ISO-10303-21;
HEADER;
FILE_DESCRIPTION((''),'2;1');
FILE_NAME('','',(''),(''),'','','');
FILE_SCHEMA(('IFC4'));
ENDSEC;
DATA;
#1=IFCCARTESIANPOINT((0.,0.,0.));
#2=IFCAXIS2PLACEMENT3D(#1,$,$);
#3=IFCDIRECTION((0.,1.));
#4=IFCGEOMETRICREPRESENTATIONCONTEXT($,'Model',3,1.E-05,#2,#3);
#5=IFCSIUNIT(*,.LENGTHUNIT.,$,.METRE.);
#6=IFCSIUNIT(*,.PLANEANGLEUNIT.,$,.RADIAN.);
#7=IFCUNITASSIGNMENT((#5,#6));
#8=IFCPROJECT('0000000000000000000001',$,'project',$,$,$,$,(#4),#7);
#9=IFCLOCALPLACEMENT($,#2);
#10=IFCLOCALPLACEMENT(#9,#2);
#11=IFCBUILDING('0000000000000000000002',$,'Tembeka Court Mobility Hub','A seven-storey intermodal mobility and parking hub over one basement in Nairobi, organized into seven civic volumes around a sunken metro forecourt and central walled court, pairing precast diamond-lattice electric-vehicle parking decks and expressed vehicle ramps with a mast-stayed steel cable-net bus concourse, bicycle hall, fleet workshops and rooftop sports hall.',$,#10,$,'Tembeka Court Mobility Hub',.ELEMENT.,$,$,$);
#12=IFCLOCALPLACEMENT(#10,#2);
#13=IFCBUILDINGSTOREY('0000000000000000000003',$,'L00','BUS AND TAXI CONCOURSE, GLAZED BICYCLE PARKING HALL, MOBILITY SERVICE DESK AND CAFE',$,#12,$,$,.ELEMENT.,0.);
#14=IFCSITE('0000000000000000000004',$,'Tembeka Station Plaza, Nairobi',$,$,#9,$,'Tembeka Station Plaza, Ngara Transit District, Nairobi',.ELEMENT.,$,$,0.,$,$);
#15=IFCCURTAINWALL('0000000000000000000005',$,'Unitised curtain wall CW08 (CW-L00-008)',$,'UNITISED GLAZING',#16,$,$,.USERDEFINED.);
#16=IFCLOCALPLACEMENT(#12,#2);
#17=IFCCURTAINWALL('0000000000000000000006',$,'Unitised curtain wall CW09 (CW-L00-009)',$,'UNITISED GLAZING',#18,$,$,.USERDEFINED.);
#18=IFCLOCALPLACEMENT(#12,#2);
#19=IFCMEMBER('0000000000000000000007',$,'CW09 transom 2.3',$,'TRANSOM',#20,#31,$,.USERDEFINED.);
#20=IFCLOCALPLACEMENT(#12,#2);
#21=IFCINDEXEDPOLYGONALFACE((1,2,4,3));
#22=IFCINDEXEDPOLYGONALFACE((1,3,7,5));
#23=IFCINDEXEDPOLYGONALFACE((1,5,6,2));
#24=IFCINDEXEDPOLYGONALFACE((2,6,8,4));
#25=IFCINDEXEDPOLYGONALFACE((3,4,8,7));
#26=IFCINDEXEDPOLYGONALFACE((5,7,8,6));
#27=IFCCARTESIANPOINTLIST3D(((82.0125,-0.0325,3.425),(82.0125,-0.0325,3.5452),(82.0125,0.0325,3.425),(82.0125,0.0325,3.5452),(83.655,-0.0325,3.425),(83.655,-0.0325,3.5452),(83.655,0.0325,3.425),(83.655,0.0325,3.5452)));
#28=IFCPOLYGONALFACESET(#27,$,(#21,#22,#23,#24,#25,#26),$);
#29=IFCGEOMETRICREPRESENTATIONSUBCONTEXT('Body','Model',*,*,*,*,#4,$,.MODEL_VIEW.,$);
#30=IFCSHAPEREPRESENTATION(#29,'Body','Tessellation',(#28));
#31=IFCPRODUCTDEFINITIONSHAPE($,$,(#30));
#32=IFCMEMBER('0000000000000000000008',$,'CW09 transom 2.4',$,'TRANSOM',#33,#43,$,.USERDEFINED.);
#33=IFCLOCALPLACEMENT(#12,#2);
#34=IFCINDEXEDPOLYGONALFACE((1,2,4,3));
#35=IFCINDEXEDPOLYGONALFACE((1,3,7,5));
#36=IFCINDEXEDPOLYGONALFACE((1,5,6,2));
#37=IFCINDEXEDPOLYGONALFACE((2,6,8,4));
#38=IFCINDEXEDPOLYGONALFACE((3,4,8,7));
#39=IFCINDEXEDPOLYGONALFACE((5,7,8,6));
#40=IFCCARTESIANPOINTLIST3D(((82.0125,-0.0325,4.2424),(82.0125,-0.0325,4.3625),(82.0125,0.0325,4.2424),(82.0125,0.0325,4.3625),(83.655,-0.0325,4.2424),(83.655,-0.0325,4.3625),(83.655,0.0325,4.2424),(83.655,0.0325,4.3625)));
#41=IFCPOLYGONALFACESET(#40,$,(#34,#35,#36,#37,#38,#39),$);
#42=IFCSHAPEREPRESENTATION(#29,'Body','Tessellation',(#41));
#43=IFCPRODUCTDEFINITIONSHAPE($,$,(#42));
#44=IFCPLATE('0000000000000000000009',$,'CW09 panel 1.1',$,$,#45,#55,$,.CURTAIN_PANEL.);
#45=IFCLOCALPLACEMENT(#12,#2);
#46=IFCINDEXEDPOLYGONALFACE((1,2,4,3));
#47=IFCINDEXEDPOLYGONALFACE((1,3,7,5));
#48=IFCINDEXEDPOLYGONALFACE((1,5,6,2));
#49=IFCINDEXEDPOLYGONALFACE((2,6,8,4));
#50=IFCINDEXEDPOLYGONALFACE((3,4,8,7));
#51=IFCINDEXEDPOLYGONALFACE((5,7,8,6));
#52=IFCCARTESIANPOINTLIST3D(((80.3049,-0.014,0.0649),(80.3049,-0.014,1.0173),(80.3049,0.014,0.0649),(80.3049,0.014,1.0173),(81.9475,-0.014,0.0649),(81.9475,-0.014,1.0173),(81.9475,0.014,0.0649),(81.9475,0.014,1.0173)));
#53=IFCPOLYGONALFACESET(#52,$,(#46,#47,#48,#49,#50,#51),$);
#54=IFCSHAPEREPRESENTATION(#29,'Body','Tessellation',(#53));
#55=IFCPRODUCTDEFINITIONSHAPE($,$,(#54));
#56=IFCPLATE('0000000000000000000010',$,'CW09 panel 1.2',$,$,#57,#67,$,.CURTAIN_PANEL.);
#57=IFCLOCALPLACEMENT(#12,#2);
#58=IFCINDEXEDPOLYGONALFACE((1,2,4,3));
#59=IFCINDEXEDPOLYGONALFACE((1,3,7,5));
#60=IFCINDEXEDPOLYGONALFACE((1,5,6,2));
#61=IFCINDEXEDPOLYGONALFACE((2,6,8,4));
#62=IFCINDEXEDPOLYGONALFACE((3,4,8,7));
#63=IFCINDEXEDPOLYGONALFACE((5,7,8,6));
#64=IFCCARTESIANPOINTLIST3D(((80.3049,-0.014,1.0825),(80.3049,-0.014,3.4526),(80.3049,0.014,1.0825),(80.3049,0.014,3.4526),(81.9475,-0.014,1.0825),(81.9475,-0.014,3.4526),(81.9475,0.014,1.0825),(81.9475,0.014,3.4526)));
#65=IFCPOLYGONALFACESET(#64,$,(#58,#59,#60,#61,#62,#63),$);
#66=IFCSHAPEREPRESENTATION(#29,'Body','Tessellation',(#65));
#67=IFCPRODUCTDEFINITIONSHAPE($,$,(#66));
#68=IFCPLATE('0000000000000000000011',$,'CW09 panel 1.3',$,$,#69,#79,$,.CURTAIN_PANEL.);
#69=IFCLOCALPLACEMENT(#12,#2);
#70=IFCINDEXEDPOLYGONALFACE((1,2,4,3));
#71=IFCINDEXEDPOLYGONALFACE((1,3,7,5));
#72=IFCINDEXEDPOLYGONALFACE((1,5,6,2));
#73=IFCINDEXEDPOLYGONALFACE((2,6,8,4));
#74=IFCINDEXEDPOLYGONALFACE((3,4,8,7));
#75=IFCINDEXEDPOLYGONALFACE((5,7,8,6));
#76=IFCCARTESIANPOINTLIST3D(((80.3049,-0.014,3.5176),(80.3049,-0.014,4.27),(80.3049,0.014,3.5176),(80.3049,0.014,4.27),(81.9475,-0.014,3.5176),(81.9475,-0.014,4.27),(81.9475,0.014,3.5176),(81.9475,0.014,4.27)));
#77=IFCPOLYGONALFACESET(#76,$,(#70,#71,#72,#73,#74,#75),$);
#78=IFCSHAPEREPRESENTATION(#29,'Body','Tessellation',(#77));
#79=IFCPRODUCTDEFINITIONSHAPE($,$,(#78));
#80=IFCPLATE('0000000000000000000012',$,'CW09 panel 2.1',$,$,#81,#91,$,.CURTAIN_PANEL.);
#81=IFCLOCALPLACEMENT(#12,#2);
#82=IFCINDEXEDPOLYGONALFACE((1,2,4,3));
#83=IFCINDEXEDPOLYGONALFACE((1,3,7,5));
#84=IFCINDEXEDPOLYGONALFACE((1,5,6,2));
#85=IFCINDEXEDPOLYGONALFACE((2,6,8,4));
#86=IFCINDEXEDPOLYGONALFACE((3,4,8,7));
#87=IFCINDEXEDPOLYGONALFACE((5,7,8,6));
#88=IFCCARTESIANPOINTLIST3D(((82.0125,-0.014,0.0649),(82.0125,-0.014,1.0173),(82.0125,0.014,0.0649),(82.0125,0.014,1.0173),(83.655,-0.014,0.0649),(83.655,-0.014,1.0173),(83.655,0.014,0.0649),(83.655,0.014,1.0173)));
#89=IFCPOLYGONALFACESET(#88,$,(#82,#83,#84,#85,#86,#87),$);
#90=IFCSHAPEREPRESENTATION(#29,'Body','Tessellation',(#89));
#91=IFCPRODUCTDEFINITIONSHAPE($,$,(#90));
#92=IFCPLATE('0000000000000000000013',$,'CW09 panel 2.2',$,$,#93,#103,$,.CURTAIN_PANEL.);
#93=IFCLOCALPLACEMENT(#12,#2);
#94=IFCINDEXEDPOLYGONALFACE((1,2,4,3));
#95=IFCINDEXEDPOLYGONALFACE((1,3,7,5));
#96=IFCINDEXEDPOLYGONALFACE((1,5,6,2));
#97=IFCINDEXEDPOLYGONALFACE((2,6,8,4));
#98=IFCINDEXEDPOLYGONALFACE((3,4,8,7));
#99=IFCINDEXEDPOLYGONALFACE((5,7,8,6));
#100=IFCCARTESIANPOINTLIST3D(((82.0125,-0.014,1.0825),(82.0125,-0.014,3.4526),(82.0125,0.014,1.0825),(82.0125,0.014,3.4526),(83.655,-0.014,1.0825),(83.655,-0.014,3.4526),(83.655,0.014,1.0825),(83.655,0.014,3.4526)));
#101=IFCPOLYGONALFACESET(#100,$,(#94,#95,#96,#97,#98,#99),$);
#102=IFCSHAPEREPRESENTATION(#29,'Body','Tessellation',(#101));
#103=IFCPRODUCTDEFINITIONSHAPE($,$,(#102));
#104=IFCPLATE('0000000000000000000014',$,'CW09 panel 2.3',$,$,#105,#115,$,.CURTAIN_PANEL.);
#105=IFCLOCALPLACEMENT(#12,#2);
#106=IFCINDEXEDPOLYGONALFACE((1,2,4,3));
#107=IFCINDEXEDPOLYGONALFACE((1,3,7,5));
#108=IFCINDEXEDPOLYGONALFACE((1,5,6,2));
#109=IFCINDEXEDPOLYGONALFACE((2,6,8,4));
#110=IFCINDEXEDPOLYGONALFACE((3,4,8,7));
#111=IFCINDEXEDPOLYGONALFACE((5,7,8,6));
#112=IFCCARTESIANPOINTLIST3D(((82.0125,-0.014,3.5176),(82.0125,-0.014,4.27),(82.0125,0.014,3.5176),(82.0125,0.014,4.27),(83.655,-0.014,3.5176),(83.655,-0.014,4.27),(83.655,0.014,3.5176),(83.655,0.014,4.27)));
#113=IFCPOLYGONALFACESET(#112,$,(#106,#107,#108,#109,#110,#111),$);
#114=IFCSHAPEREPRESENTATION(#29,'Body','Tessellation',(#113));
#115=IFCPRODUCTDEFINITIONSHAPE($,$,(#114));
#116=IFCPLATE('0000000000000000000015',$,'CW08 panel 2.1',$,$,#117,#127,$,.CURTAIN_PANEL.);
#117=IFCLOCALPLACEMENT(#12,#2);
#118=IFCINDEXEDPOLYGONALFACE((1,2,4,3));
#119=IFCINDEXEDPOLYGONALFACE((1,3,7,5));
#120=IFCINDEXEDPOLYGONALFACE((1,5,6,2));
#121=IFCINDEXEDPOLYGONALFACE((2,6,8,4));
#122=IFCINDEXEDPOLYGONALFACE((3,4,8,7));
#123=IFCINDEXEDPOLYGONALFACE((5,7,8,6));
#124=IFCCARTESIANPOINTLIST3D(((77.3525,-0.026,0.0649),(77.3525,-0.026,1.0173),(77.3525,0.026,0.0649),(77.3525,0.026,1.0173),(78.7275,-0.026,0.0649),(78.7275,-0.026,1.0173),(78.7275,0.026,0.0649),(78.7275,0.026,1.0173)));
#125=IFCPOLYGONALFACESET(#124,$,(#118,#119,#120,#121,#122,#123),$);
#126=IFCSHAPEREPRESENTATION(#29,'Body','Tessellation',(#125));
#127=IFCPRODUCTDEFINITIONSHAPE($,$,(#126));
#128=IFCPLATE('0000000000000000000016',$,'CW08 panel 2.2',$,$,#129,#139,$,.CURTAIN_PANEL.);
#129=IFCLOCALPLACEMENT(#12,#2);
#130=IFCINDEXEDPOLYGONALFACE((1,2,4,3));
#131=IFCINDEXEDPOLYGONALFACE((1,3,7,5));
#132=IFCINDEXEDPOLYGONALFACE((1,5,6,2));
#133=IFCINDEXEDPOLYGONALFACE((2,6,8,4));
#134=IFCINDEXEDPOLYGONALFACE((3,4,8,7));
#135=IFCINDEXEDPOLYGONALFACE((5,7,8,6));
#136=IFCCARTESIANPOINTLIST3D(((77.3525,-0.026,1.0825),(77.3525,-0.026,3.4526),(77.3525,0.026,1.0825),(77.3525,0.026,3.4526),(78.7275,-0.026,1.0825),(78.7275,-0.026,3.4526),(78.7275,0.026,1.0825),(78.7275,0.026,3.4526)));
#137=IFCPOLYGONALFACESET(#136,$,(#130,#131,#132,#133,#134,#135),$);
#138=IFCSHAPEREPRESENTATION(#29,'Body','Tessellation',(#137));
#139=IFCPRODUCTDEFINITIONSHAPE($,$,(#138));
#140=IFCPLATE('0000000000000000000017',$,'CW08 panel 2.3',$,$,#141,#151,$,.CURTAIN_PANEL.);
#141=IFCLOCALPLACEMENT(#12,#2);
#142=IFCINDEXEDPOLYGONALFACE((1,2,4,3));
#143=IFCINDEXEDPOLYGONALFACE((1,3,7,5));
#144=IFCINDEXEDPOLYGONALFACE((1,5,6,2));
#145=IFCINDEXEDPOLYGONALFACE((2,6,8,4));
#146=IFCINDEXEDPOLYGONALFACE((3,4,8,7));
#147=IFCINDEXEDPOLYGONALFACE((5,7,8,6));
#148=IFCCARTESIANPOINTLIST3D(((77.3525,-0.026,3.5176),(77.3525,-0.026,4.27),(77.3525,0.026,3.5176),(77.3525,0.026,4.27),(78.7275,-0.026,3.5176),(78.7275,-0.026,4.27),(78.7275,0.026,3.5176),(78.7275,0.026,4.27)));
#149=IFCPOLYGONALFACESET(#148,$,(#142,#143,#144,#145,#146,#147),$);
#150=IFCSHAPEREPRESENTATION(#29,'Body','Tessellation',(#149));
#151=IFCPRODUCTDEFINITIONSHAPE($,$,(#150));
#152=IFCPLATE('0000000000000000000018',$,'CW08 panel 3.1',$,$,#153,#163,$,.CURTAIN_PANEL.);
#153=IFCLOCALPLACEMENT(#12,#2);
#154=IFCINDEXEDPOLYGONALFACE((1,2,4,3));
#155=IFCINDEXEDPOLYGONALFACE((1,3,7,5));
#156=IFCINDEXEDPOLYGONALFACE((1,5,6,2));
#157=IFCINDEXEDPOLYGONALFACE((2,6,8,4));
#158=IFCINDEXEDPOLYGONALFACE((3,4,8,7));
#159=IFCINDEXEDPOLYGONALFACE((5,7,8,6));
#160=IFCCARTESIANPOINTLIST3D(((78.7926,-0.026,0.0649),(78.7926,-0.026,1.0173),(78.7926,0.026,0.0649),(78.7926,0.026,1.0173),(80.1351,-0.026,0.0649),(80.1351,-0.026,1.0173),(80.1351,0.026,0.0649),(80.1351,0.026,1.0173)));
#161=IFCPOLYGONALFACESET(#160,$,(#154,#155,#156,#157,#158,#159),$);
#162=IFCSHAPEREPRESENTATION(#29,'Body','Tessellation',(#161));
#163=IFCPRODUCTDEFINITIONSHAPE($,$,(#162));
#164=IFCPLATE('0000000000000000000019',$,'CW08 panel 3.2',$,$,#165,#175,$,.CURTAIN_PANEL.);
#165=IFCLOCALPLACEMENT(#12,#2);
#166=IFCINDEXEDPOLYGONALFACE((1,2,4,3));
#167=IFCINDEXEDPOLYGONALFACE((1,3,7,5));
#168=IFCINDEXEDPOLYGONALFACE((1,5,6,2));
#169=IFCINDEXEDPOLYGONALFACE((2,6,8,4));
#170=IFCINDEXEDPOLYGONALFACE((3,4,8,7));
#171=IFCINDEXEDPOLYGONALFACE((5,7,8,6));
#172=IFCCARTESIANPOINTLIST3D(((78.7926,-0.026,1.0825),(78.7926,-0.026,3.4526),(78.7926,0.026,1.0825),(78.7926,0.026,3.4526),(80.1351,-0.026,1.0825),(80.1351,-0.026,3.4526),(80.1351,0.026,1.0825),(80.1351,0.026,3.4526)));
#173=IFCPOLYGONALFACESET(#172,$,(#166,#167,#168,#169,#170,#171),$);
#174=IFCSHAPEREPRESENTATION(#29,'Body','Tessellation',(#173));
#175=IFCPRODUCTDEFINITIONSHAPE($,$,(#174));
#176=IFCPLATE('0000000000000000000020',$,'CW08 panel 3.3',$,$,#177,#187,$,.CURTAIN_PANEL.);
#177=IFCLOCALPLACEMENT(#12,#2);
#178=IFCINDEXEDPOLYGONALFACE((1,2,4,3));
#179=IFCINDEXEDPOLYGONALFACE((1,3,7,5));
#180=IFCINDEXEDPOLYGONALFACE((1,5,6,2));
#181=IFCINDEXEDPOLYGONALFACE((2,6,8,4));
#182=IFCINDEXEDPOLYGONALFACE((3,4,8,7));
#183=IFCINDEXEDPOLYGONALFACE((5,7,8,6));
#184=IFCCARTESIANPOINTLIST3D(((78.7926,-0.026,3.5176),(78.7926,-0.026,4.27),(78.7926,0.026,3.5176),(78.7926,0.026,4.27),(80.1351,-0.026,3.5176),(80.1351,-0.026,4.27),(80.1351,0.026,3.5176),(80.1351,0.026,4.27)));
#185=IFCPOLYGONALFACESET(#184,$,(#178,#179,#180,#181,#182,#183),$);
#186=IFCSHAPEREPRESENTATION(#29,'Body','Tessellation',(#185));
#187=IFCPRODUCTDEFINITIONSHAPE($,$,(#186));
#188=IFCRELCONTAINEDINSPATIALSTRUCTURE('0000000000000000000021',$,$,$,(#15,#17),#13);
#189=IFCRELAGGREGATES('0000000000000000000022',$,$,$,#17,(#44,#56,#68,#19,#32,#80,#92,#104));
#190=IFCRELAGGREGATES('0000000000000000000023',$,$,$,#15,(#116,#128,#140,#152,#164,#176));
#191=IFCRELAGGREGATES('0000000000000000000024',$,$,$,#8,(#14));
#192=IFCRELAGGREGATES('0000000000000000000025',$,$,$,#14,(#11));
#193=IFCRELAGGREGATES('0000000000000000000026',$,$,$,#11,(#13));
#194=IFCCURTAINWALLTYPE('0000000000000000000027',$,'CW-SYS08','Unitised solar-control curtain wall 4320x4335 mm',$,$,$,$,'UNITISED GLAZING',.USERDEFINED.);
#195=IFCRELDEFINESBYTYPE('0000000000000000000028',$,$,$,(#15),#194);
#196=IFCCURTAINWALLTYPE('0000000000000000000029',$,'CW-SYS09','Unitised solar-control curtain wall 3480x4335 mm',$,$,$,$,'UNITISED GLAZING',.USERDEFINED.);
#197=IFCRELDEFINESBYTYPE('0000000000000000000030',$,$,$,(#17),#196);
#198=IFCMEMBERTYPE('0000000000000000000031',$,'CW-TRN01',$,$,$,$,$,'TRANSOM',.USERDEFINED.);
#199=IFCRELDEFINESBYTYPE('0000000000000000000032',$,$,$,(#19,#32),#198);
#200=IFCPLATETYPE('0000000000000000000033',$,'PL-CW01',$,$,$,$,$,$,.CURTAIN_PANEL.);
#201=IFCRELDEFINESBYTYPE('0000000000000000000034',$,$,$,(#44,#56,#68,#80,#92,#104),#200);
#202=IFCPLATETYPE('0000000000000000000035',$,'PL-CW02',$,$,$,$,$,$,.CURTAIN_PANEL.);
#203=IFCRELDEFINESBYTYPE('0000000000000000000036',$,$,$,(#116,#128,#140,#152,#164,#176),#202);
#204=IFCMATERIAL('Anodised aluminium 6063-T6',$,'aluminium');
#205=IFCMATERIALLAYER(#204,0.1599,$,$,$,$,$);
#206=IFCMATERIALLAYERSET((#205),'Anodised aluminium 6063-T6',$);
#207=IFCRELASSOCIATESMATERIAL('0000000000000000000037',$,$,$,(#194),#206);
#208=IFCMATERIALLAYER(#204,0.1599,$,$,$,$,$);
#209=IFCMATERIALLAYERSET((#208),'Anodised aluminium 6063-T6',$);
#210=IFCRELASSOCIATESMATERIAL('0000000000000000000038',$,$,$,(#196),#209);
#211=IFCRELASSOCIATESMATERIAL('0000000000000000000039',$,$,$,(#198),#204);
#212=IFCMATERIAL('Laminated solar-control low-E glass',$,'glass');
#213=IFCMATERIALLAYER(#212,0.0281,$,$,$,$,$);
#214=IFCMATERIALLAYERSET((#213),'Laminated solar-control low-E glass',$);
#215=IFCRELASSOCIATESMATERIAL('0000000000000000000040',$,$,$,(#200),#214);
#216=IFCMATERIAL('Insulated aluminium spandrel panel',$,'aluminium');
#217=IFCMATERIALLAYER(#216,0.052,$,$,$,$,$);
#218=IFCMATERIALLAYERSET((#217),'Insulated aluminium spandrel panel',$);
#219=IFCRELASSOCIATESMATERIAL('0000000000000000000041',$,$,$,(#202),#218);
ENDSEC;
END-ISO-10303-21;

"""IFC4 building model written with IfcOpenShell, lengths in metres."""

from ifc_helpers import new_model, si_unit, direction, frame, origin, origin_2d, place, context, subcontext, project, spatial, rectangle, extrude, material, layer, layer_set, material_profile, profile_set, type_object, element, aggregate, save


model = new_model("IFC4")

# Units and contexts
model_context = context("Model", 3, precision=1e-05, world=origin(), true_north=direction((0.0, 1.0)))
body_context = subcontext(model_context, "Body", "Model", "MODEL_VIEW")
ifc_project = project(units=[si_unit("LENGTHUNIT", "METRE"), si_unit("PLANEANGLEUNIT", "RADIAN")], contexts=[model_context])

# Site, building, storey
site_placement = place(None, origin())
site = spatial("IfcSite", under=ifc_project, at=site_placement, Name="Tembeka Station Plaza, Nairobi", LongName="Tembeka Station Plaza, Ngara Transit District, Nairobi", CompositionType="ELEMENT", RefElevation=0.0)
building_placement = place(site_placement, origin())
building = spatial("IfcBuilding", under=site, at=building_placement, Name="Tembeka Court Mobility Hub", Description="A seven-storey intermodal mobility and parking hub over one basement in Nairobi, organized into seven civic volumes around a sunken metro forecourt and central walled court, pairing precast diamond-lattice electric-vehicle parking decks and expressed vehicle ramps with a mast-stayed steel cable-net bus concourse, bicycle hall, fleet workshops and rooftop sports hall.", LongName="Tembeka Court Mobility Hub", CompositionType="ELEMENT")
storey_placement = place(building_placement, origin())
storey = spatial("IfcBuildingStorey", under=building, at=storey_placement, Name="L00", Description="BUS AND TAXI CONCOURSE, GLAZED BICYCLE PARKING HALL, MOBILITY SERVICE DESK AND CAFE", CompositionType="ELEMENT", Elevation=0.0)

# Curtain walls
ifc_material_1 = material(Name="Anodised aluminium 6063-T6", Category="aluminium")
ifc_layer_1 = layer(ifc_material_1, 0.1599)
ifc_layer_set_1 = layer_set([ifc_layer_1], Name="Anodised aluminium 6063-T6")
curtain_wall_type_1 = type_object("IfcCurtainWallType", Name="CW-SYS08", Description="Unitised solar-control curtain wall 4320x4335 mm", ElementType="UNITISED GLAZING", PredefinedType="USERDEFINED", material=ifc_layer_set_1)
curtain_wall_1_placement = place(storey_placement, origin())
curtain_wall_1 = element("IfcCurtainWall", 1, at=curtain_wall_1_placement, inside=storey, type_object=curtain_wall_type_1, Name="Unitised curtain wall CW08 (CW-L00-008)", ObjectType="UNITISED GLAZING", PredefinedType="USERDEFINED")
ifc_layer_2 = layer(ifc_material_1, 0.1599)
ifc_layer_set_2 = layer_set([ifc_layer_2], Name="Anodised aluminium 6063-T6")
curtain_wall_type_2 = type_object("IfcCurtainWallType", Name="CW-SYS09", Description="Unitised solar-control curtain wall 3480x4335 mm", ElementType="UNITISED GLAZING", PredefinedType="USERDEFINED", material=ifc_layer_set_2)
curtain_wall_2_placement = place(storey_placement, origin())
curtain_wall_2 = element("IfcCurtainWall", 2, at=curtain_wall_2_placement, inside=storey, type_object=curtain_wall_type_2, Name="Unitised curtain wall CW09 (CW-L00-009)", ObjectType="UNITISED GLAZING", PredefinedType="USERDEFINED")

# Members
ifc_material_profile_1 = material_profile(ifc_material_1, rectangle(XDim=0.0649, YDim=0.1201, at=origin_2d()), Name="ALU-TRN 65x120")
ifc_profile_set_1 = profile_set([ifc_material_profile_1], Name="Anodised aluminium 6063-T6")
member_type_1 = type_object("IfcMemberType", Name="CW-TRN01", ElementType="TRANSOM", PredefinedType="USERDEFINED", material=ifc_profile_set_1)
member_1_placement = place(storey_placement, frame((82.0125, 0.0, 3.4851), z_axis=(1.0, 0.0, 0.0), x_axis=(0.0, 1.0, 0.0)))
member_1 = element("IfcMember", 3, at=member_1_placement, type_object=member_type_1, Name="CW09 transom 2.3", ObjectType="TRANSOM", PredefinedType="USERDEFINED", context=body_context, shape_type="SweptSolid", body=[
    extrude(rectangle(XDim=0.0649, YDim=0.1201, at=origin_2d()), origin(), (0.0, 0.0, 1.0), 1.6426),
])
member_2_placement = place(storey_placement, frame((82.0125, 0.0, 4.3025), z_axis=(1.0, 0.0, 0.0), x_axis=(0.0, 1.0, 0.0)))
member_2 = element("IfcMember", 4, at=member_2_placement, type_object=member_type_1, Name="CW09 transom 2.4", ObjectType="TRANSOM", PredefinedType="USERDEFINED", context=body_context, shape_type="SweptSolid", body=[
    extrude(rectangle(XDim=0.0649, YDim=0.1201, at=origin_2d()), origin(), (0.0, 0.0, 1.0), 1.6426),
])

# Plates
ifc_material_2 = material(Name="Laminated solar-control low-E glass", Category="glass")
ifc_layer_3 = layer(ifc_material_2, 0.0281)
ifc_layer_set_3 = layer_set([ifc_layer_3], Name="Laminated solar-control low-E glass")
plate_type_1 = type_object("IfcPlateType", Name="PL-CW01", PredefinedType="CURTAIN_PANEL", material=ifc_layer_set_3)
plate_1_placement = place(storey_placement, frame((81.1262, 0.0, 0.0649), z_axis=(0.0, 0.0, 1.0), x_axis=(1.0, 0.0, 0.0)))
plate_1 = element("IfcPlate", 5, at=plate_1_placement, type_object=plate_type_1, Name="CW09 panel 1.1", PredefinedType="CURTAIN_PANEL", context=body_context, shape_type="SweptSolid", body=[
    extrude(rectangle(XDim=1.6426, YDim=0.0281, at=origin_2d()), origin(), (0.0, 0.0, 1.0), 0.9524),
])
plate_2_placement = place(storey_placement, frame((81.1262, 0.0, 1.0825), z_axis=(0.0, 0.0, 1.0), x_axis=(1.0, 0.0, 0.0)))
plate_2 = element("IfcPlate", 6, at=plate_2_placement, type_object=plate_type_1, Name="CW09 panel 1.2", PredefinedType="CURTAIN_PANEL", context=body_context, shape_type="SweptSolid", body=[
    extrude(rectangle(XDim=1.6426, YDim=0.0281, at=origin_2d()), origin(), (0.0, 0.0, 1.0), 2.3701),
])
plate_3_placement = place(storey_placement, frame((81.1262, 0.0, 3.5176), z_axis=(0.0, 0.0, 1.0), x_axis=(1.0, 0.0, 0.0)))
plate_3 = element("IfcPlate", 7, at=plate_3_placement, type_object=plate_type_1, Name="CW09 panel 1.3", PredefinedType="CURTAIN_PANEL", context=body_context, shape_type="SweptSolid", body=[
    extrude(rectangle(XDim=1.6426, YDim=0.0281, at=origin_2d()), origin(), (0.0, 0.0, 1.0), 0.7524),
])
plate_4_placement = place(storey_placement, frame((82.8337, 0.0, 0.0649), z_axis=(0.0, 0.0, 1.0), x_axis=(1.0, 0.0, 0.0)))
plate_4 = element("IfcPlate", 8, at=plate_4_placement, type_object=plate_type_1, Name="CW09 panel 2.1", PredefinedType="CURTAIN_PANEL", context=body_context, shape_type="SweptSolid", body=[
    extrude(rectangle(XDim=1.6426, YDim=0.0281, at=origin_2d()), origin(), (0.0, 0.0, 1.0), 0.9524),
])
plate_5_placement = place(storey_placement, frame((82.8337, 0.0, 1.0825), z_axis=(0.0, 0.0, 1.0), x_axis=(1.0, 0.0, 0.0)))
plate_5 = element("IfcPlate", 9, at=plate_5_placement, type_object=plate_type_1, Name="CW09 panel 2.2", PredefinedType="CURTAIN_PANEL", context=body_context, shape_type="SweptSolid", body=[
    extrude(rectangle(XDim=1.6426, YDim=0.0281, at=origin_2d()), origin(), (0.0, 0.0, 1.0), 2.3701),
])
plate_6_placement = place(storey_placement, frame((82.8337, 0.0, 3.5176), z_axis=(0.0, 0.0, 1.0), x_axis=(1.0, 0.0, 0.0)))
plate_6 = element("IfcPlate", 10, at=plate_6_placement, type_object=plate_type_1, Name="CW09 panel 2.3", PredefinedType="CURTAIN_PANEL", context=body_context, shape_type="SweptSolid", body=[
    extrude(rectangle(XDim=1.6426, YDim=0.0281, at=origin_2d()), origin(), (0.0, 0.0, 1.0), 0.7524),
])
aggregate(curtain_wall_2, [plate_1, plate_2, plate_3, member_1, member_2, plate_4, plate_5, plate_6])
ifc_material_3 = material(Name="Insulated aluminium spandrel panel", Category="aluminium")
ifc_layer_4 = layer(ifc_material_3, 0.052)
ifc_layer_set_4 = layer_set([ifc_layer_4], Name="Insulated aluminium spandrel panel")
plate_type_2 = type_object("IfcPlateType", Name="PL-CW02", PredefinedType="CURTAIN_PANEL", material=ifc_layer_set_4)
plate_7_placement = place(storey_placement, frame((78.04, 0.0, 0.0649), z_axis=(0.0, 0.0, 1.0), x_axis=(1.0, 0.0, 0.0)))
plate_7 = element("IfcPlate", 11, at=plate_7_placement, type_object=plate_type_2, Name="CW08 panel 2.1", PredefinedType="CURTAIN_PANEL", context=body_context, shape_type="SweptSolid", body=[
    extrude(rectangle(XDim=1.375, YDim=0.052, at=origin_2d()), origin(), (0.0, 0.0, 1.0), 0.9524),
])
plate_8_placement = place(storey_placement, frame((78.04, 0.0, 1.0825), z_axis=(0.0, 0.0, 1.0), x_axis=(1.0, 0.0, 0.0)))
plate_8 = element("IfcPlate", 12, at=plate_8_placement, type_object=plate_type_2, Name="CW08 panel 2.2", PredefinedType="CURTAIN_PANEL", context=body_context, shape_type="SweptSolid", body=[
    extrude(rectangle(XDim=1.375, YDim=0.052, at=origin_2d()), origin(), (0.0, 0.0, 1.0), 2.3701),
])
plate_9_placement = place(storey_placement, frame((78.04, 0.0, 3.5176), z_axis=(0.0, 0.0, 1.0), x_axis=(1.0, 0.0, 0.0)))
plate_9 = element("IfcPlate", 13, at=plate_9_placement, type_object=plate_type_2, Name="CW08 panel 2.3", PredefinedType="CURTAIN_PANEL", context=body_context, shape_type="SweptSolid", body=[
    extrude(rectangle(XDim=1.375, YDim=0.052, at=origin_2d()), origin(), (0.0, 0.0, 1.0), 0.7524),
])
plate_10_placement = place(storey_placement, frame((79.4639, 0.0, 0.0649), z_axis=(0.0, 0.0, 1.0), x_axis=(1.0, 0.0, 0.0)))
plate_10 = element("IfcPlate", 14, at=plate_10_placement, type_object=plate_type_2, Name="CW08 panel 3.1", PredefinedType="CURTAIN_PANEL", context=body_context, shape_type="SweptSolid", body=[
    extrude(rectangle(XDim=1.3425, YDim=0.052, at=origin_2d()), origin(), (0.0, 0.0, 1.0), 0.9524),
])
plate_11_placement = place(storey_placement, frame((79.4639, 0.0, 1.0825), z_axis=(0.0, 0.0, 1.0), x_axis=(1.0, 0.0, 0.0)))
plate_11 = element("IfcPlate", 15, at=plate_11_placement, type_object=plate_type_2, Name="CW08 panel 3.2", PredefinedType="CURTAIN_PANEL", context=body_context, shape_type="SweptSolid", body=[
    extrude(rectangle(XDim=1.3425, YDim=0.052, at=origin_2d()), origin(), (0.0, 0.0, 1.0), 2.3701),
])
plate_12_placement = place(storey_placement, frame((79.4639, 0.0, 3.5176), z_axis=(0.0, 0.0, 1.0), x_axis=(1.0, 0.0, 0.0)))
plate_12 = element("IfcPlate", 16, at=plate_12_placement, type_object=plate_type_2, Name="CW08 panel 3.3", PredefinedType="CURTAIN_PANEL", context=body_context, shape_type="SweptSolid", body=[
    extrude(rectangle(XDim=1.3425, YDim=0.052, at=origin_2d()), origin(), (0.0, 0.0, 1.0), 0.7524),
])
aggregate(curtain_wall_1, [plate_7, plate_8, plate_9, plate_10, plate_11, plate_12])

save(model, "model.ifc")
